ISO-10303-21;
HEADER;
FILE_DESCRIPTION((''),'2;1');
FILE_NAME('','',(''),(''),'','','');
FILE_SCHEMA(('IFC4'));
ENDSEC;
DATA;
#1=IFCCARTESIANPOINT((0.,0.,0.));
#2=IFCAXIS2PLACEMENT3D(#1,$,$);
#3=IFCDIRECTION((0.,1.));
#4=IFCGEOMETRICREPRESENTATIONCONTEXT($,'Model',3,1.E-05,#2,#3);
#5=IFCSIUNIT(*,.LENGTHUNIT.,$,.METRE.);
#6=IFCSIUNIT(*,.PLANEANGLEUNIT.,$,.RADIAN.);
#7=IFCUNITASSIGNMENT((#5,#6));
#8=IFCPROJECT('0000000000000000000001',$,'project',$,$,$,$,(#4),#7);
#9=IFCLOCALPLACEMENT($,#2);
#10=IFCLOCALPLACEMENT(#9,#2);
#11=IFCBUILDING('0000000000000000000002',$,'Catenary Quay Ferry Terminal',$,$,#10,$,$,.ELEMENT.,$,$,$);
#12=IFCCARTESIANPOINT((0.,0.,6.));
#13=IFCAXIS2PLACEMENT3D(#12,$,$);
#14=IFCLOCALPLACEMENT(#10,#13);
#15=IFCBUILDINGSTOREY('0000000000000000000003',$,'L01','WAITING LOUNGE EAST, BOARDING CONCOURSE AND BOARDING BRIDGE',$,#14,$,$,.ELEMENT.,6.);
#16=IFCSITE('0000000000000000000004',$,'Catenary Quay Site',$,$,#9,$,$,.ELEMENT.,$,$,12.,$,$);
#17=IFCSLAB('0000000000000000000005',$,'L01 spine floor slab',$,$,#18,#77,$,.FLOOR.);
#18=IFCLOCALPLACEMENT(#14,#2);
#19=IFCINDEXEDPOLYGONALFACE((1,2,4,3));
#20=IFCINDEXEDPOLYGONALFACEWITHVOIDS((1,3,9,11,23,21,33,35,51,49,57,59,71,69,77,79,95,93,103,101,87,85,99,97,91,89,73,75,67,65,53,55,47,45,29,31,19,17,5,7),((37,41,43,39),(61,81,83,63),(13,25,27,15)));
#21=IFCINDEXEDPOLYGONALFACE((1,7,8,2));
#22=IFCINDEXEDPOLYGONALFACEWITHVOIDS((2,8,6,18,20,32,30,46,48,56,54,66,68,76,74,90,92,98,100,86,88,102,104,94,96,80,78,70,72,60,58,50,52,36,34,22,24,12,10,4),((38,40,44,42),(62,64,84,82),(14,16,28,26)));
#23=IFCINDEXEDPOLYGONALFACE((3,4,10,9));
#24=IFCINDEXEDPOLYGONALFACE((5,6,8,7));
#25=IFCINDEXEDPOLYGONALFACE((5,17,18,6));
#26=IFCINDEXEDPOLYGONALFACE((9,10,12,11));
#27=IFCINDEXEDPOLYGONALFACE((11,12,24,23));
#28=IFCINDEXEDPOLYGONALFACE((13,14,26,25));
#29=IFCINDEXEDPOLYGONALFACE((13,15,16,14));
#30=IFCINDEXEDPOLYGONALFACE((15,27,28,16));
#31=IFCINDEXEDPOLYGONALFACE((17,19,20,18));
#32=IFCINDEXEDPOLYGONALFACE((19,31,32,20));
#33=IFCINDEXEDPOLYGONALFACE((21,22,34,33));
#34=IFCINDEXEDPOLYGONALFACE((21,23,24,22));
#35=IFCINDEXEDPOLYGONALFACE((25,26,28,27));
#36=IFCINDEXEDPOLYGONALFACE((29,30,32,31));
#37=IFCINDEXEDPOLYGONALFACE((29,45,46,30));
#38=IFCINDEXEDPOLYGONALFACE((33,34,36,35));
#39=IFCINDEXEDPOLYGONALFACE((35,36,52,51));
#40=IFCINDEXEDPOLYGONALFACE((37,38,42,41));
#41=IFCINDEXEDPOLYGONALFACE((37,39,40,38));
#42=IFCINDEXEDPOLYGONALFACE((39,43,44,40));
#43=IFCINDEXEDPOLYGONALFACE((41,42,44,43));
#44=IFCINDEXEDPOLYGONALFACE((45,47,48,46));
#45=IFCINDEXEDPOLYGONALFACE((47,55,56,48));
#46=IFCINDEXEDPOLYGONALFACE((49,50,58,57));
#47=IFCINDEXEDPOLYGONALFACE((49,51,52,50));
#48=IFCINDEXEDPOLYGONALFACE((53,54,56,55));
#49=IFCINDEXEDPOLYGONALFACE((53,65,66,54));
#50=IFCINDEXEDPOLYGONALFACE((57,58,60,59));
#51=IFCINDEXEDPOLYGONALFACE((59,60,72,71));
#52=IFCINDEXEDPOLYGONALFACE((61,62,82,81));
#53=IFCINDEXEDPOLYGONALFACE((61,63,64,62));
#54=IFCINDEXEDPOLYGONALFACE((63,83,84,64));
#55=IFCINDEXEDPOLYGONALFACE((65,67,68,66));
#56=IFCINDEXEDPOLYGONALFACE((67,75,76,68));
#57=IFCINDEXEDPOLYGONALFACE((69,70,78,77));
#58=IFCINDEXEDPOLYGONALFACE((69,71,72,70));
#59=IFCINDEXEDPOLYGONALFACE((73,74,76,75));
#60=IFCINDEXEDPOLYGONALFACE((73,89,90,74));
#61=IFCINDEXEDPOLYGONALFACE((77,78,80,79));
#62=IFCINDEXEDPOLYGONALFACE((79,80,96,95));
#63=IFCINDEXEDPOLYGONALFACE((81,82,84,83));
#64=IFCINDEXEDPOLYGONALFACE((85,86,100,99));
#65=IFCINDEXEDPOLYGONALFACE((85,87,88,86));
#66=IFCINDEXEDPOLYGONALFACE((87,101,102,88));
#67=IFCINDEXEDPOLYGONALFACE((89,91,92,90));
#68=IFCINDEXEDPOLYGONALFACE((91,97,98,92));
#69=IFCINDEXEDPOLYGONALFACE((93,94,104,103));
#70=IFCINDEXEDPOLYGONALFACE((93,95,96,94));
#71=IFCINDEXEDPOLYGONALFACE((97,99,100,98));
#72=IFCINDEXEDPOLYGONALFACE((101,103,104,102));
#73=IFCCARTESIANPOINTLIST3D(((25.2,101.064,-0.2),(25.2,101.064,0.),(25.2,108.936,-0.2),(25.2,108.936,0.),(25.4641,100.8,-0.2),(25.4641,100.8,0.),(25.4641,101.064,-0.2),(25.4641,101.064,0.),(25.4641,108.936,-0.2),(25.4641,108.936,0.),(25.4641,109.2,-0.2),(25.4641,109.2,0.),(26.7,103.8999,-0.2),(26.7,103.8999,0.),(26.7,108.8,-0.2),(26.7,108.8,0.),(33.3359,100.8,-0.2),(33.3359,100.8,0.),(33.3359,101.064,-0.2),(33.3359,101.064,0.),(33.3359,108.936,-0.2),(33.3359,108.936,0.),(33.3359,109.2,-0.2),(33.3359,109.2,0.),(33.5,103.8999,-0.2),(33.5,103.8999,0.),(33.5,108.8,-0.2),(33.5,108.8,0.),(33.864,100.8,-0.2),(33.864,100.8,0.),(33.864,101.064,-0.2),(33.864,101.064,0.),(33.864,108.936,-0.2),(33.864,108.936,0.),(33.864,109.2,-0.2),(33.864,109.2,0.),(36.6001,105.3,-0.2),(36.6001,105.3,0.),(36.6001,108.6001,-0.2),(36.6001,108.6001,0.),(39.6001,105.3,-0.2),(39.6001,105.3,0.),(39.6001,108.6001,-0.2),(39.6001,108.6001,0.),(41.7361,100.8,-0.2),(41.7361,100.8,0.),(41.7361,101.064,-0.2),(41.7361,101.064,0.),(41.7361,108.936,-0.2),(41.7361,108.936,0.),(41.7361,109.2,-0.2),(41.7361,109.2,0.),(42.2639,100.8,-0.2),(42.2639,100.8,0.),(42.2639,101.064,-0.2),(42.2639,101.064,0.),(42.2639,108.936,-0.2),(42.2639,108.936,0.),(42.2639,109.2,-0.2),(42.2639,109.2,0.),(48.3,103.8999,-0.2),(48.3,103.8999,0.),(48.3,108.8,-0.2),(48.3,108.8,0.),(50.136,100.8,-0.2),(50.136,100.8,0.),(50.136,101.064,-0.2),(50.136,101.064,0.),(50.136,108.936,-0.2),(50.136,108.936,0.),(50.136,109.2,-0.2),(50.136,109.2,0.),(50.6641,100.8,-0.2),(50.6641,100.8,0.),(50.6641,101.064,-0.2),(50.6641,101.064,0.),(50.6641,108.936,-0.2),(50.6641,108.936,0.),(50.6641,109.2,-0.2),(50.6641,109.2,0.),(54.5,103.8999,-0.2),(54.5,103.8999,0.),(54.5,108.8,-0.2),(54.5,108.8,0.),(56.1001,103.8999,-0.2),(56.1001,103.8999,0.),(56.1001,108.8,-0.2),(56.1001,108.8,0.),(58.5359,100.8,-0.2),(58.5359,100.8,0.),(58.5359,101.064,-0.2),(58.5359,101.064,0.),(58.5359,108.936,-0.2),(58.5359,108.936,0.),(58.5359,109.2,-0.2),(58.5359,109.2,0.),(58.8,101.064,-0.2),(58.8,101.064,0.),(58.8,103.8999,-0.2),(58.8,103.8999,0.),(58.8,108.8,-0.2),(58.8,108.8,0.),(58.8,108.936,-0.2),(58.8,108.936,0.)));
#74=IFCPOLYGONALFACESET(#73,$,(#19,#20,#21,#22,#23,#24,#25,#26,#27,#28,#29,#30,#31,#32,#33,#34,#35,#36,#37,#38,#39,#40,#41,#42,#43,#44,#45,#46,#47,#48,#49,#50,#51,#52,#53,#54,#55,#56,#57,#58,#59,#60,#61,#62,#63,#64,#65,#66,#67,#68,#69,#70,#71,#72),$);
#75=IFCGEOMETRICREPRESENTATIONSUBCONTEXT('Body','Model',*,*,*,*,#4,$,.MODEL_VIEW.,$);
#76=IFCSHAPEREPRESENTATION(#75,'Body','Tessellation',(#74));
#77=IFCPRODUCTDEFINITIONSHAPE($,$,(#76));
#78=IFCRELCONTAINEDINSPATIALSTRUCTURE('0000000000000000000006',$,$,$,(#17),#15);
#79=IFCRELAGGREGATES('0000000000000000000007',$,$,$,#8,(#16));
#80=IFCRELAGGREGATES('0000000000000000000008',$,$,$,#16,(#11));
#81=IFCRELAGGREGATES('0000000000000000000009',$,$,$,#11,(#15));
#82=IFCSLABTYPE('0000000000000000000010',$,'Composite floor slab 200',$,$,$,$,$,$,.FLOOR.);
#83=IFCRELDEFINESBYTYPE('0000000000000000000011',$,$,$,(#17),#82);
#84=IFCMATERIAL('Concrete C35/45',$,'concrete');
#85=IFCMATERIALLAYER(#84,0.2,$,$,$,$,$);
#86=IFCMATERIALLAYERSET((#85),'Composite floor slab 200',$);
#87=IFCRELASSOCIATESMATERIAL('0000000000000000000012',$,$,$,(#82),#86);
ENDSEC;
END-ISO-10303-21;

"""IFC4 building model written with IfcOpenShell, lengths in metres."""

from ifc_helpers import new_model, si_unit, direction, frame, origin, place, context, subcontext, project, spatial, polyline, outline, extrude, material, layer, layer_set, type_object, element, save


model = new_model("IFC4")

# Units and contexts
model_context = context("Model", 3, precision=1e-05, world=origin(), true_north=direction((0.0, 1.0)))
body_context = subcontext(model_context, "Body", "Model", "MODEL_VIEW")
ifc_project = project(units=[si_unit("LENGTHUNIT", "METRE"), si_unit("PLANEANGLEUNIT", "RADIAN")], contexts=[model_context])

# Site, building, storey
site_placement = place(None, origin())
site = spatial("IfcSite", under=ifc_project, at=site_placement, Name="Catenary Quay Site", CompositionType="ELEMENT", RefElevation=12.0)
building_placement = place(site_placement, origin())
building = spatial("IfcBuilding", under=site, at=building_placement, Name="Catenary Quay Ferry Terminal", CompositionType="ELEMENT")
storey_placement = place(building_placement, frame((0.0, 0.0, 6.0)))
storey = spatial("IfcBuildingStorey", under=building, at=storey_placement, Name="L01", Description="WAITING LOUNGE EAST, BOARDING CONCOURSE AND BOARDING BRIDGE", CompositionType="ELEMENT", Elevation=6.0)

# Slab
ifc_material_1 = material(Name="Concrete C35/45", Category="concrete")
ifc_layer_1 = layer(ifc_material_1, 0.2)
ifc_layer_set_1 = layer_set([ifc_layer_1], Name="Composite floor slab 200")
slab_type = type_object("IfcSlabType", Name="Composite floor slab 200", PredefinedType="FLOOR", material=ifc_layer_set_1)
slab_1_placement = place(storey_placement, frame((0.0, 0.0, -0.2)))
element("IfcSlab", 1, at=slab_1_placement, inside=storey, type_object=slab_type, Name="L01 spine floor slab", PredefinedType="FLOOR", context=body_context, shape_type="SweptSolid", body=[
    extrude(outline(polyline([(58.8, 101.064), (58.5359, 101.064), (58.5359, 100.8), (50.6641, 100.8), (50.6641, 101.064), (50.136, 101.064), (50.136, 100.8), (42.2639, 100.8), (42.2639, 101.064), (41.7361, 101.064), (41.7361, 100.8), (33.864, 100.8), (33.864, 101.064), (33.3359, 101.064), (33.3359, 100.8), (25.4641, 100.8), (25.4641, 101.064), (25.2, 101.064), (25.2, 108.936), (25.4641, 108.936), (25.4641, 109.2), (33.3359, 109.2), (33.3359, 108.936), (33.864, 108.936), (33.864, 109.2), (41.7361, 109.2), (41.7361, 108.936), (42.2639, 108.936), (42.2639, 109.2), (50.136, 109.2), (50.136, 108.936), (50.6641, 108.936), (50.6641, 109.2), (58.5359, 109.2), (58.5359, 108.936), (58.8, 108.936), (58.8, 108.8), (56.1001, 108.8), (56.1001, 103.8999), (58.8, 103.8999), (58.8, 101.064)]), holes=[polyline([(33.5, 103.8999), (33.5, 108.8), (26.7, 108.8), (26.7, 103.8999), (33.5, 103.8999)]), polyline([(39.6001, 105.3), (39.6001, 108.6001), (36.6001, 108.6001), (36.6001, 105.3), (39.6001, 105.3)]), polyline([(54.5, 103.8999), (54.5, 108.8), (48.3, 108.8), (48.3, 103.8999), (54.5, 103.8999)])]), origin(), (0.0, 0.0, 1.0), 0.2),
])

save(model, "model.ifc")
